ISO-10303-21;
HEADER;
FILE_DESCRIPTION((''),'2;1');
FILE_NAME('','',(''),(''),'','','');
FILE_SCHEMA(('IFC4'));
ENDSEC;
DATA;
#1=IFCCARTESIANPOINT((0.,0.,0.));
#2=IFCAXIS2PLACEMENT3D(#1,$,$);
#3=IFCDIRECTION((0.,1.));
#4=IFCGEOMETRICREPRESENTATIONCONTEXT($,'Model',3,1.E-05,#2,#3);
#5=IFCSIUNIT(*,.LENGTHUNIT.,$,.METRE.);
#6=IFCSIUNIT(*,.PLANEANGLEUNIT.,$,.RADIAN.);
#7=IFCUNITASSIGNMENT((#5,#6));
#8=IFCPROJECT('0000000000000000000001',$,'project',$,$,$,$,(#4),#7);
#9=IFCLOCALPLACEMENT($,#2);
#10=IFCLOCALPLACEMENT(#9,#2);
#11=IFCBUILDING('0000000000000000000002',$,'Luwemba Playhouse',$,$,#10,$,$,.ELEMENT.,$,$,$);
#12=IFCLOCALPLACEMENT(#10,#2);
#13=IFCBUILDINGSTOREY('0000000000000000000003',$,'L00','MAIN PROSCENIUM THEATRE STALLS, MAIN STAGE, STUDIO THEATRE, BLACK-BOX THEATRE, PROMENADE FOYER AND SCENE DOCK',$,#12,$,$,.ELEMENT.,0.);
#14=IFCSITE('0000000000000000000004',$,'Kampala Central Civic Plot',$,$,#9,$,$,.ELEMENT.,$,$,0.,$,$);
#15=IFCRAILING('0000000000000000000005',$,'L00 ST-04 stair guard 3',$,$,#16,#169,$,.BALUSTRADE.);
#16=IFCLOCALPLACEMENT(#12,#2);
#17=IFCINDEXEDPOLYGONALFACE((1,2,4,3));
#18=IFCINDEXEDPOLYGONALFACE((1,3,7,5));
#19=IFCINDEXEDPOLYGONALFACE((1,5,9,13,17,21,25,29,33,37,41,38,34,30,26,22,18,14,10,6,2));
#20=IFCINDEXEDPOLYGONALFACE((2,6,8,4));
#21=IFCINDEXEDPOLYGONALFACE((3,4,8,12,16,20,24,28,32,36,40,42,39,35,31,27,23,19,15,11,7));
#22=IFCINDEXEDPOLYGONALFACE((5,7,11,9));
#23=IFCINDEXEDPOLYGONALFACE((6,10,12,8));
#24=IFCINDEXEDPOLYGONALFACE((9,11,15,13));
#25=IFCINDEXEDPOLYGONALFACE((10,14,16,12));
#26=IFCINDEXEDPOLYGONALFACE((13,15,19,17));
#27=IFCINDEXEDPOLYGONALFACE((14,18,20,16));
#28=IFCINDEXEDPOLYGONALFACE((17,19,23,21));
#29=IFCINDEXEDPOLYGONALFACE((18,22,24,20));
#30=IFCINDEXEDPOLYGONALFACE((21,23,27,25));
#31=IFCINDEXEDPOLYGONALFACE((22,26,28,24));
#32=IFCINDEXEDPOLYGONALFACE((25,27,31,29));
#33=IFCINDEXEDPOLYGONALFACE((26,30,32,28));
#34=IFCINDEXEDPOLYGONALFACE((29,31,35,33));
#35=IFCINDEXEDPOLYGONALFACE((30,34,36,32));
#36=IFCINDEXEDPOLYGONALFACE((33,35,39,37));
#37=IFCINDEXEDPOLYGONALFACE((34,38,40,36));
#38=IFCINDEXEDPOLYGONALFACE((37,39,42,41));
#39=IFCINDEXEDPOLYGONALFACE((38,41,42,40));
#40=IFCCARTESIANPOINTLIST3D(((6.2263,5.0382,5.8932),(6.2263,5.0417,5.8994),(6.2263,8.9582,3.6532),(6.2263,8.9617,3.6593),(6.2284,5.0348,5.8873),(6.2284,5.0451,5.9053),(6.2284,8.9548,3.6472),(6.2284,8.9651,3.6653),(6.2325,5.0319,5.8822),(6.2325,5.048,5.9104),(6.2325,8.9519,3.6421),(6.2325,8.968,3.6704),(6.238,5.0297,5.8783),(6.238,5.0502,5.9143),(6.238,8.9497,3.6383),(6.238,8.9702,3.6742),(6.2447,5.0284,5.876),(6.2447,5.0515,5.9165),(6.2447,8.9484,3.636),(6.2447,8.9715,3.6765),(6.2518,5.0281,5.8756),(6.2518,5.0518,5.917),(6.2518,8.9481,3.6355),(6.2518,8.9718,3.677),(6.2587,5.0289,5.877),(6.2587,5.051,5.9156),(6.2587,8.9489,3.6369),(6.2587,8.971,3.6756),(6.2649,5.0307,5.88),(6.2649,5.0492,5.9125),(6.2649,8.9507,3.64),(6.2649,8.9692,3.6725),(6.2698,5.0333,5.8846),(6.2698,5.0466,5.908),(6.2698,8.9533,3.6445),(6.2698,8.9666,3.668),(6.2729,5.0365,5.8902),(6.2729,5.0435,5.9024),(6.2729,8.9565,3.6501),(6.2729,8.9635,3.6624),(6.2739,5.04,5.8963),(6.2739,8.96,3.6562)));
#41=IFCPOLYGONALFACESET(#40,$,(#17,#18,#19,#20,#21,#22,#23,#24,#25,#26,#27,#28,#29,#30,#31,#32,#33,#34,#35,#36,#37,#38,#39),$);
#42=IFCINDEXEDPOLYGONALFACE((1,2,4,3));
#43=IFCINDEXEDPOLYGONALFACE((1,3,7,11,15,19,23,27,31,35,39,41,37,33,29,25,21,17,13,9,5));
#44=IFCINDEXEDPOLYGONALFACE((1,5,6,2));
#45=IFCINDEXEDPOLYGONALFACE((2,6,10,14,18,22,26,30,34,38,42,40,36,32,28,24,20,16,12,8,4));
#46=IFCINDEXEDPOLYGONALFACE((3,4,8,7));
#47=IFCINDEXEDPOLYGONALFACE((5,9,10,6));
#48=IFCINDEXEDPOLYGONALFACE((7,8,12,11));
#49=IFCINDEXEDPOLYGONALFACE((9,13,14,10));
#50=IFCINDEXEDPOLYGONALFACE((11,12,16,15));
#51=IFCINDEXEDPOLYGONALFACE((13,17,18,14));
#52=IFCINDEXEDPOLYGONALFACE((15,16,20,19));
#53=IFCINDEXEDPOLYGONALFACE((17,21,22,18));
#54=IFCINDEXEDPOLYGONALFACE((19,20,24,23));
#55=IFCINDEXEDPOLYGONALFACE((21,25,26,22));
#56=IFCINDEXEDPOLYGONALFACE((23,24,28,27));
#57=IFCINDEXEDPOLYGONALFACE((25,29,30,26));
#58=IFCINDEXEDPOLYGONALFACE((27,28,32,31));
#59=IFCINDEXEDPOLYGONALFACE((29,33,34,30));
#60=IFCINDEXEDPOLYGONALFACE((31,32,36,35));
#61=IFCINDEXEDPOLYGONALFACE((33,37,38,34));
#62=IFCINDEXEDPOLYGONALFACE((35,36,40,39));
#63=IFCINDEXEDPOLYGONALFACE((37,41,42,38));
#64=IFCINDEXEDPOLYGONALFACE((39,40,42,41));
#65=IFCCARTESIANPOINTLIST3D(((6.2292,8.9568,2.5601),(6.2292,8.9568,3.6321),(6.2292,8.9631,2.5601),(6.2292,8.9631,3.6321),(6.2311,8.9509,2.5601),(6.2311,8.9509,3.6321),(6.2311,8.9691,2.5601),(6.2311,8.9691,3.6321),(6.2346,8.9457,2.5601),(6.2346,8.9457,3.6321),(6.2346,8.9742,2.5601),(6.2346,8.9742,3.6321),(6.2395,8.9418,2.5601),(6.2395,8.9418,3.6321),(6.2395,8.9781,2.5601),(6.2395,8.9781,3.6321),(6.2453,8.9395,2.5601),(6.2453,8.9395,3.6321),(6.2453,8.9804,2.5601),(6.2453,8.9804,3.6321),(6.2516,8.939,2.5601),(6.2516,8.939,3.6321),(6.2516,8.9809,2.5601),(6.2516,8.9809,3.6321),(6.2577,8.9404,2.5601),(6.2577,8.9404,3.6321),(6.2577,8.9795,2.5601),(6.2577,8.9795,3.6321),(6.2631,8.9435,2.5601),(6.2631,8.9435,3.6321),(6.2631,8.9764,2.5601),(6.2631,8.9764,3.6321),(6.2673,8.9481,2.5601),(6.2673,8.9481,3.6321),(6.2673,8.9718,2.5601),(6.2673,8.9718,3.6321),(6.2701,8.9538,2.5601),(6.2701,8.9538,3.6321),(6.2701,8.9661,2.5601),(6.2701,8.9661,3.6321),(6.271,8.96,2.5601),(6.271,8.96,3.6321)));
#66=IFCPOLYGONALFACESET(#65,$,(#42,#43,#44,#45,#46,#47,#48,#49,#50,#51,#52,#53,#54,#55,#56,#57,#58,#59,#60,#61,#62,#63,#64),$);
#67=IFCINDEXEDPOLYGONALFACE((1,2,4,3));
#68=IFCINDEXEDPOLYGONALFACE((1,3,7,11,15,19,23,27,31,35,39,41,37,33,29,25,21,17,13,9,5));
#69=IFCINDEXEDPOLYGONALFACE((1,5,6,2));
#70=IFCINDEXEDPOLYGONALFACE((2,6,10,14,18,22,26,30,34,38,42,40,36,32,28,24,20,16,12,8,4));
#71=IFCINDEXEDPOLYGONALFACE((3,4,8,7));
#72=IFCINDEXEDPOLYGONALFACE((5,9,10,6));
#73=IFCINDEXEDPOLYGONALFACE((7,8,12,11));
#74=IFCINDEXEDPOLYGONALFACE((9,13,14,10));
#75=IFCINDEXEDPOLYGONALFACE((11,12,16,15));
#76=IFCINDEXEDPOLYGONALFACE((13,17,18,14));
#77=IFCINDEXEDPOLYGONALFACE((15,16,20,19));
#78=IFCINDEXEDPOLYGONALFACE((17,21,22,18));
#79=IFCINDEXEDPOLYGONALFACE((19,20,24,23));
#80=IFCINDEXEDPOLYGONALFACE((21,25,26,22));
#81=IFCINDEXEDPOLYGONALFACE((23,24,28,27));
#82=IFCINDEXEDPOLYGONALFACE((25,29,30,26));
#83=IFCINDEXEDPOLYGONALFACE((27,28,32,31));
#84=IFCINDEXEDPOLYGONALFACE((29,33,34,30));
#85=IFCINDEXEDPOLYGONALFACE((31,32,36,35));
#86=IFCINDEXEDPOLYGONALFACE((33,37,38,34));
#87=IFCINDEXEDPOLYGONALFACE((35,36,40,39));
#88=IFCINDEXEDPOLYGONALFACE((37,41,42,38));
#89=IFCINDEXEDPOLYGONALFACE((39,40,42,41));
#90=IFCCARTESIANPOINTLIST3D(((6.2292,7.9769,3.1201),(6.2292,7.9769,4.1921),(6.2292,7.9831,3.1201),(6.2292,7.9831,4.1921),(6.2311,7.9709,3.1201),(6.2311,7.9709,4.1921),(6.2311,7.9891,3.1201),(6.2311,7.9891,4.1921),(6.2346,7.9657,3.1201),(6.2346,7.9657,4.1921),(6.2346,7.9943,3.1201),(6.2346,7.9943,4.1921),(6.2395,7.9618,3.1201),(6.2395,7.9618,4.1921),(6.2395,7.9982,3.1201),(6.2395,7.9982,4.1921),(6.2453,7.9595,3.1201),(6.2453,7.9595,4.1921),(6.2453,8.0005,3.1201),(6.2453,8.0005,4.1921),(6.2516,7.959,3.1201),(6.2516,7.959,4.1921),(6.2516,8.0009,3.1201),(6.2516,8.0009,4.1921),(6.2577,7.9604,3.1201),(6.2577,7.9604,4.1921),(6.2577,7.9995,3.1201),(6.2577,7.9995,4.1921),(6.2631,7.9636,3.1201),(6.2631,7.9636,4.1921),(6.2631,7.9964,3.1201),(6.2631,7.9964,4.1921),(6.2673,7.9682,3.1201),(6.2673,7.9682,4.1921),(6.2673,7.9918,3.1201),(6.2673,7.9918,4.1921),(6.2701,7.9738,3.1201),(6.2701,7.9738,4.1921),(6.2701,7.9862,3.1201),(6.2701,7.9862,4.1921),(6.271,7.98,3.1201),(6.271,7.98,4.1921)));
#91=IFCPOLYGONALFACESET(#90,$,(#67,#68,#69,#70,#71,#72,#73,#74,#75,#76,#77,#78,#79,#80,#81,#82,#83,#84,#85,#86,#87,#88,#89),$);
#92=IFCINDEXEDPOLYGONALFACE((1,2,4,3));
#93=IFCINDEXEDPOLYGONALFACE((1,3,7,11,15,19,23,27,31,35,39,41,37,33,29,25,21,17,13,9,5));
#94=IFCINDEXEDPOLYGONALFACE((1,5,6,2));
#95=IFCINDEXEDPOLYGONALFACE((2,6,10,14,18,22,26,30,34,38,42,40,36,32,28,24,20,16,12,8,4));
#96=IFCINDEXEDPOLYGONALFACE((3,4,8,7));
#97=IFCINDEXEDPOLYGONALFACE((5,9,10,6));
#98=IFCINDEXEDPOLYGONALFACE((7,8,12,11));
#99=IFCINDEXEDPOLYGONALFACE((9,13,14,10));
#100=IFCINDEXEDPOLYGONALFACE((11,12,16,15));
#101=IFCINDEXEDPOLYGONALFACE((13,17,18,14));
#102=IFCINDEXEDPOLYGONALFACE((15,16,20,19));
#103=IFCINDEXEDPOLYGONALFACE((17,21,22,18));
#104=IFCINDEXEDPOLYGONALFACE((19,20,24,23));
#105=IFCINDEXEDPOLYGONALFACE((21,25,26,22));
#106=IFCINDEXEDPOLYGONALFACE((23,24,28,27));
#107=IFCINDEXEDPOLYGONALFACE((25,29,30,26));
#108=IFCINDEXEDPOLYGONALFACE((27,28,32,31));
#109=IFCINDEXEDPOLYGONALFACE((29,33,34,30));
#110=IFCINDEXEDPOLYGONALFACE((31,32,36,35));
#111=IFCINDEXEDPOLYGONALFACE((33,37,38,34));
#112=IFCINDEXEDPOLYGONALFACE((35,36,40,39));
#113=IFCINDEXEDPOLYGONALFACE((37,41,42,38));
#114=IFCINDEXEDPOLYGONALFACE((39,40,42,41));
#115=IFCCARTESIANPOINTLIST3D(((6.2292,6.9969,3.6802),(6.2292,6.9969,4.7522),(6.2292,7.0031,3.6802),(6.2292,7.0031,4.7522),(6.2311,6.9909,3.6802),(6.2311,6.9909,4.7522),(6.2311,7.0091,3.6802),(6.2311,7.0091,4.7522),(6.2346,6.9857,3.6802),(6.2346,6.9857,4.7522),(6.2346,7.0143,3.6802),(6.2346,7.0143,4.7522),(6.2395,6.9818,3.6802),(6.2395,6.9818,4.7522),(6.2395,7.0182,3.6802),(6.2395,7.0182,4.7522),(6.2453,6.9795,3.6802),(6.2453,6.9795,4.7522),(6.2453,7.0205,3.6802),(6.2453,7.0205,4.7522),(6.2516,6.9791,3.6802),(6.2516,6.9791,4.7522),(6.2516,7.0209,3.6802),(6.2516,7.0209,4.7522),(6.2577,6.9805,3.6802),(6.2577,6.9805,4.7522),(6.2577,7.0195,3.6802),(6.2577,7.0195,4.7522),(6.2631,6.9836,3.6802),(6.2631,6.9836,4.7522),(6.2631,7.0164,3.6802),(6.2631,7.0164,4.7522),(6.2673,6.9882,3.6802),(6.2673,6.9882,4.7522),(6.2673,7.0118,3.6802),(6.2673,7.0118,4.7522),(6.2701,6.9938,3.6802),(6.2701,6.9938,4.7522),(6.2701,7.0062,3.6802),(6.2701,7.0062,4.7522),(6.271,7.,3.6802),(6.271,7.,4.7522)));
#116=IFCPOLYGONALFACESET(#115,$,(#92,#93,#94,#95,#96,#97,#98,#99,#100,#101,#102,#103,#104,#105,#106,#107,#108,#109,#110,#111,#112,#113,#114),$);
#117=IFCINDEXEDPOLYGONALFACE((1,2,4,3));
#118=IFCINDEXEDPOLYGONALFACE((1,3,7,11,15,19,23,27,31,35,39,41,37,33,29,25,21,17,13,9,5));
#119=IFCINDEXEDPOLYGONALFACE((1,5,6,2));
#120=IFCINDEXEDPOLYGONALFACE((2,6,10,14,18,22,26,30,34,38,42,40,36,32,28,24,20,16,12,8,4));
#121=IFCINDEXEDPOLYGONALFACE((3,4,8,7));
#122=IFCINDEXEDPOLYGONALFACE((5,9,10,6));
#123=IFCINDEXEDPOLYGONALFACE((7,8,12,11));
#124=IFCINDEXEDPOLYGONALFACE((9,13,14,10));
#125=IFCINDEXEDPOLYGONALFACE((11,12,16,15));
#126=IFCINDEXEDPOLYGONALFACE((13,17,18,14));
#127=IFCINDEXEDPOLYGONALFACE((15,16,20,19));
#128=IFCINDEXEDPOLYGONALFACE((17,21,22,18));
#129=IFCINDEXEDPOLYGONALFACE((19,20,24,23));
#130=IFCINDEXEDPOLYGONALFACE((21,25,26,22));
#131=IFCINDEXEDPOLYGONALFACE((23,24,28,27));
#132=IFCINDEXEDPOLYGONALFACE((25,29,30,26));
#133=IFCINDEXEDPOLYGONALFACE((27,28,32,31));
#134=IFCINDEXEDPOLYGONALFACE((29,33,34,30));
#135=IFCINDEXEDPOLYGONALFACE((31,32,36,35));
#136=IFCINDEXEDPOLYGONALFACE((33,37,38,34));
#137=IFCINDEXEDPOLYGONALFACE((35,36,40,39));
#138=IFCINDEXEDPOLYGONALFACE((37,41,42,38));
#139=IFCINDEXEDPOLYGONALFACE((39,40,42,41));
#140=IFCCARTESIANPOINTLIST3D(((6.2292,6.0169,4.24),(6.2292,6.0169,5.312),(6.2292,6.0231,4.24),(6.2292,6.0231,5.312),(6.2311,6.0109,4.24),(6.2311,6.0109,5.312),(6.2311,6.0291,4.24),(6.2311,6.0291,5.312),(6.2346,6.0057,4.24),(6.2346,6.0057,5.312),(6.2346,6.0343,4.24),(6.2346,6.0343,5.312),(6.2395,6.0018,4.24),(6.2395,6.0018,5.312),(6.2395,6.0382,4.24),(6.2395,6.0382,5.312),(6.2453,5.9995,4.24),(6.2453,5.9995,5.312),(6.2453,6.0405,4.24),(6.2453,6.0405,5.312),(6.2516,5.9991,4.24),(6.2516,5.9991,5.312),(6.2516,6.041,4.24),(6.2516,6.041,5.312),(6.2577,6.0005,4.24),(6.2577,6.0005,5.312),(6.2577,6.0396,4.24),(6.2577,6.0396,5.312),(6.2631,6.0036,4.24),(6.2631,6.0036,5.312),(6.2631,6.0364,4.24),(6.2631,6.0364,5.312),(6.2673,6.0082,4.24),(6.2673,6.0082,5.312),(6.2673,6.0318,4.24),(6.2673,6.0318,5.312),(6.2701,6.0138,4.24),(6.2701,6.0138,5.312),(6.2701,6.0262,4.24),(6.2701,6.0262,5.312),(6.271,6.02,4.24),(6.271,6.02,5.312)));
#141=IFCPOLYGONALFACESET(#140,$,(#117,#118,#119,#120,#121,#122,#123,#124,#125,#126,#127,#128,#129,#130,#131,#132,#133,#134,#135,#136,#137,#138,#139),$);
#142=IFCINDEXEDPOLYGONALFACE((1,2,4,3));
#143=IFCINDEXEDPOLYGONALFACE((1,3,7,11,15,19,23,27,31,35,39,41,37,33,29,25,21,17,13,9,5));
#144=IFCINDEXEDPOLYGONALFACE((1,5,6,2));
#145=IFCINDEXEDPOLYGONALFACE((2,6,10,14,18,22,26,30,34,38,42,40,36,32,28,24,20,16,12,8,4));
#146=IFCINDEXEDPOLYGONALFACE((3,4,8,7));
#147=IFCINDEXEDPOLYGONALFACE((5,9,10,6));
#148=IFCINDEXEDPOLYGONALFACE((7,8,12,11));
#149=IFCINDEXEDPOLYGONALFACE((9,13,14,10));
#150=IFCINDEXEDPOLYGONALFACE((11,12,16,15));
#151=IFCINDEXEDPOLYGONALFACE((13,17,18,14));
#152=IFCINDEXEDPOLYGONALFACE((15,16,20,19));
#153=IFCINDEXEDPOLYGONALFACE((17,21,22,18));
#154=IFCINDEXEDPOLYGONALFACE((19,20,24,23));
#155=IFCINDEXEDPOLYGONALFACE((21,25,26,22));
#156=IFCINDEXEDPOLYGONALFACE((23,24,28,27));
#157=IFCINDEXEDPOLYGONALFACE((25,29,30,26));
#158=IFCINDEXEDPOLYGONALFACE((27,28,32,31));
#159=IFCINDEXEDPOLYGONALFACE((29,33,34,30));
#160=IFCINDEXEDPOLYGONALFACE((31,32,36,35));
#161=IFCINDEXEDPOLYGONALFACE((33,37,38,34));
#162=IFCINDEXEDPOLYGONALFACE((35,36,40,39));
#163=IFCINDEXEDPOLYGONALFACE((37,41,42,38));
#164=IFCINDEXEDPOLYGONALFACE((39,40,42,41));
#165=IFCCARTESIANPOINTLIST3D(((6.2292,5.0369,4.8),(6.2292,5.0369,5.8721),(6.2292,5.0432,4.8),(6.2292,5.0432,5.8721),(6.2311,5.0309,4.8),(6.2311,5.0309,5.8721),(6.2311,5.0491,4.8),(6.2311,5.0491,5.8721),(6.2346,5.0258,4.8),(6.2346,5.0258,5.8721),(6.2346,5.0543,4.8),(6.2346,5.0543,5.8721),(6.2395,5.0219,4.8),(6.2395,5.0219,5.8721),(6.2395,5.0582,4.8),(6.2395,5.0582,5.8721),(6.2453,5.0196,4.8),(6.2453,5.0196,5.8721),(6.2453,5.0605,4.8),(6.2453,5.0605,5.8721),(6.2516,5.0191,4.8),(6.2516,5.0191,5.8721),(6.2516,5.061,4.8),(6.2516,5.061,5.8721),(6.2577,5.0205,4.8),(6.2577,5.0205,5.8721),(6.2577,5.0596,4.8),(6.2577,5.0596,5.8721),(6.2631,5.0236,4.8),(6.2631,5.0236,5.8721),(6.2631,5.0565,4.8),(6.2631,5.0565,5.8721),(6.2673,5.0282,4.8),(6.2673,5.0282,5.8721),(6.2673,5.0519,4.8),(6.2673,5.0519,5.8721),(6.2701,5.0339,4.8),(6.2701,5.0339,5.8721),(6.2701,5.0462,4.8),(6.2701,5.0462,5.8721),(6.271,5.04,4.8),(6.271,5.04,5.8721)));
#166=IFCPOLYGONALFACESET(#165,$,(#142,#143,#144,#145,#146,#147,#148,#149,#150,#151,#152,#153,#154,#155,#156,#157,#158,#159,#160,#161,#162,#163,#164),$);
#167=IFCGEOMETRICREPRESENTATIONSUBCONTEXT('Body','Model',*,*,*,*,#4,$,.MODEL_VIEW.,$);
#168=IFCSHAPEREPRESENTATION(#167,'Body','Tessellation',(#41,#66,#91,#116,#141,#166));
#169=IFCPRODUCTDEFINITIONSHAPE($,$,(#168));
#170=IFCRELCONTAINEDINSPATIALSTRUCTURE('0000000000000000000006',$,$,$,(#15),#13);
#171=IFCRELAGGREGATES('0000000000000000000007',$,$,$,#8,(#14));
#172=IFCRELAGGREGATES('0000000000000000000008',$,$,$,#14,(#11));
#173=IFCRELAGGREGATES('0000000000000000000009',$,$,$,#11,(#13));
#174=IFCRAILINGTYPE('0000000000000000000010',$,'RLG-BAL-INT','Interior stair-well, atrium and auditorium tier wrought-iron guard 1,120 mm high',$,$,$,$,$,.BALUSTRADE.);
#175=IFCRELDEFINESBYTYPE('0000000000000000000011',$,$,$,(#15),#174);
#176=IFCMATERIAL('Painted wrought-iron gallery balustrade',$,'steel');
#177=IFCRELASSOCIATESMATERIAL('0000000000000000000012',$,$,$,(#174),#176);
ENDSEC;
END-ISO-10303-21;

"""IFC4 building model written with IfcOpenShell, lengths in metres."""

from ifc_helpers import new_model, si_unit, direction, frame, origin, origin_2d, place, context, subcontext, project, spatial, circle, extrude, material, type_object, element, save


model = new_model("IFC4")

# Units and contexts
model_context = context("Model", 3, precision=1e-05, world=origin(), true_north=direction((0.0, 1.0)))
body_context = subcontext(model_context, "Body", "Model", "MODEL_VIEW")
ifc_project = project(units=[si_unit("LENGTHUNIT", "METRE"), si_unit("PLANEANGLEUNIT", "RADIAN")], contexts=[model_context])

# Site, building, storey
site_placement = place(None, origin())
site = spatial("IfcSite", under=ifc_project, at=site_placement, Name="Kampala Central Civic Plot", CompositionType="ELEMENT", RefElevation=0.0)
building_placement = place(site_placement, origin())
building = spatial("IfcBuilding", under=site, at=building_placement, Name="Luwemba Playhouse", CompositionType="ELEMENT")
storey_placement = place(building_placement, origin())
storey = spatial("IfcBuildingStorey", under=building, at=storey_placement, Name="L00", Description="MAIN PROSCENIUM THEATRE STALLS, MAIN STAGE, STUDIO THEATRE, BLACK-BOX THEATRE, PROMENADE FOYER AND SCENE DOCK", CompositionType="ELEMENT", Elevation=0.0)

# Railing
ifc_material_1 = material(Name="Painted wrought-iron gallery balustrade", Category="steel")
railing_type_1 = type_object("IfcRailingType", Name="RLG-BAL-INT", Description="Interior stair-well, atrium and auditorium tier wrought-iron guard 1,120 mm high", PredefinedType="BALUSTRADE", material=ifc_material_1)
railing_1_placement = place(storey_placement, frame((6.25, 8.96, 2.5601)))
element("IfcRailing", 1, at=railing_1_placement, inside=storey, type_object=railing_type_1, Name="L00 ST-04 stair guard 3", PredefinedType="BALUSTRADE", context=body_context, shape_type="SweptSolid", body=[
    extrude(circle(Radius=0.0239, at=origin_2d()), frame((0.0, 0.0, 1.0962), z_axis=(0.0, -0.86824, 0.496145), x_axis=(1.0, 0.0, 0.0)), (0.0, 0.0, 1.0), 4.5149),
    extrude(circle(Radius=0.021, at=origin_2d()), origin(), (0.0, 0.0, 1.0), 1.072),
    extrude(circle(Radius=0.021, at=origin_2d()), frame((0.0, -0.98, 0.5601)), (0.0, 0.0, 1.0), 1.072),
    extrude(circle(Radius=0.021, at=origin_2d()), frame((0.0, -1.96, 1.1201)), (0.0, 0.0, 1.0), 1.072),
    extrude(circle(Radius=0.021, at=origin_2d()), frame((0.0, -2.9399, 1.6799)), (0.0, 0.0, 1.0), 1.072),
    extrude(circle(Radius=0.021, at=origin_2d()), frame((0.0, -3.9199, 2.24)), (0.0, 0.0, 1.0), 1.072),
])

save(model, "model.ifc")
